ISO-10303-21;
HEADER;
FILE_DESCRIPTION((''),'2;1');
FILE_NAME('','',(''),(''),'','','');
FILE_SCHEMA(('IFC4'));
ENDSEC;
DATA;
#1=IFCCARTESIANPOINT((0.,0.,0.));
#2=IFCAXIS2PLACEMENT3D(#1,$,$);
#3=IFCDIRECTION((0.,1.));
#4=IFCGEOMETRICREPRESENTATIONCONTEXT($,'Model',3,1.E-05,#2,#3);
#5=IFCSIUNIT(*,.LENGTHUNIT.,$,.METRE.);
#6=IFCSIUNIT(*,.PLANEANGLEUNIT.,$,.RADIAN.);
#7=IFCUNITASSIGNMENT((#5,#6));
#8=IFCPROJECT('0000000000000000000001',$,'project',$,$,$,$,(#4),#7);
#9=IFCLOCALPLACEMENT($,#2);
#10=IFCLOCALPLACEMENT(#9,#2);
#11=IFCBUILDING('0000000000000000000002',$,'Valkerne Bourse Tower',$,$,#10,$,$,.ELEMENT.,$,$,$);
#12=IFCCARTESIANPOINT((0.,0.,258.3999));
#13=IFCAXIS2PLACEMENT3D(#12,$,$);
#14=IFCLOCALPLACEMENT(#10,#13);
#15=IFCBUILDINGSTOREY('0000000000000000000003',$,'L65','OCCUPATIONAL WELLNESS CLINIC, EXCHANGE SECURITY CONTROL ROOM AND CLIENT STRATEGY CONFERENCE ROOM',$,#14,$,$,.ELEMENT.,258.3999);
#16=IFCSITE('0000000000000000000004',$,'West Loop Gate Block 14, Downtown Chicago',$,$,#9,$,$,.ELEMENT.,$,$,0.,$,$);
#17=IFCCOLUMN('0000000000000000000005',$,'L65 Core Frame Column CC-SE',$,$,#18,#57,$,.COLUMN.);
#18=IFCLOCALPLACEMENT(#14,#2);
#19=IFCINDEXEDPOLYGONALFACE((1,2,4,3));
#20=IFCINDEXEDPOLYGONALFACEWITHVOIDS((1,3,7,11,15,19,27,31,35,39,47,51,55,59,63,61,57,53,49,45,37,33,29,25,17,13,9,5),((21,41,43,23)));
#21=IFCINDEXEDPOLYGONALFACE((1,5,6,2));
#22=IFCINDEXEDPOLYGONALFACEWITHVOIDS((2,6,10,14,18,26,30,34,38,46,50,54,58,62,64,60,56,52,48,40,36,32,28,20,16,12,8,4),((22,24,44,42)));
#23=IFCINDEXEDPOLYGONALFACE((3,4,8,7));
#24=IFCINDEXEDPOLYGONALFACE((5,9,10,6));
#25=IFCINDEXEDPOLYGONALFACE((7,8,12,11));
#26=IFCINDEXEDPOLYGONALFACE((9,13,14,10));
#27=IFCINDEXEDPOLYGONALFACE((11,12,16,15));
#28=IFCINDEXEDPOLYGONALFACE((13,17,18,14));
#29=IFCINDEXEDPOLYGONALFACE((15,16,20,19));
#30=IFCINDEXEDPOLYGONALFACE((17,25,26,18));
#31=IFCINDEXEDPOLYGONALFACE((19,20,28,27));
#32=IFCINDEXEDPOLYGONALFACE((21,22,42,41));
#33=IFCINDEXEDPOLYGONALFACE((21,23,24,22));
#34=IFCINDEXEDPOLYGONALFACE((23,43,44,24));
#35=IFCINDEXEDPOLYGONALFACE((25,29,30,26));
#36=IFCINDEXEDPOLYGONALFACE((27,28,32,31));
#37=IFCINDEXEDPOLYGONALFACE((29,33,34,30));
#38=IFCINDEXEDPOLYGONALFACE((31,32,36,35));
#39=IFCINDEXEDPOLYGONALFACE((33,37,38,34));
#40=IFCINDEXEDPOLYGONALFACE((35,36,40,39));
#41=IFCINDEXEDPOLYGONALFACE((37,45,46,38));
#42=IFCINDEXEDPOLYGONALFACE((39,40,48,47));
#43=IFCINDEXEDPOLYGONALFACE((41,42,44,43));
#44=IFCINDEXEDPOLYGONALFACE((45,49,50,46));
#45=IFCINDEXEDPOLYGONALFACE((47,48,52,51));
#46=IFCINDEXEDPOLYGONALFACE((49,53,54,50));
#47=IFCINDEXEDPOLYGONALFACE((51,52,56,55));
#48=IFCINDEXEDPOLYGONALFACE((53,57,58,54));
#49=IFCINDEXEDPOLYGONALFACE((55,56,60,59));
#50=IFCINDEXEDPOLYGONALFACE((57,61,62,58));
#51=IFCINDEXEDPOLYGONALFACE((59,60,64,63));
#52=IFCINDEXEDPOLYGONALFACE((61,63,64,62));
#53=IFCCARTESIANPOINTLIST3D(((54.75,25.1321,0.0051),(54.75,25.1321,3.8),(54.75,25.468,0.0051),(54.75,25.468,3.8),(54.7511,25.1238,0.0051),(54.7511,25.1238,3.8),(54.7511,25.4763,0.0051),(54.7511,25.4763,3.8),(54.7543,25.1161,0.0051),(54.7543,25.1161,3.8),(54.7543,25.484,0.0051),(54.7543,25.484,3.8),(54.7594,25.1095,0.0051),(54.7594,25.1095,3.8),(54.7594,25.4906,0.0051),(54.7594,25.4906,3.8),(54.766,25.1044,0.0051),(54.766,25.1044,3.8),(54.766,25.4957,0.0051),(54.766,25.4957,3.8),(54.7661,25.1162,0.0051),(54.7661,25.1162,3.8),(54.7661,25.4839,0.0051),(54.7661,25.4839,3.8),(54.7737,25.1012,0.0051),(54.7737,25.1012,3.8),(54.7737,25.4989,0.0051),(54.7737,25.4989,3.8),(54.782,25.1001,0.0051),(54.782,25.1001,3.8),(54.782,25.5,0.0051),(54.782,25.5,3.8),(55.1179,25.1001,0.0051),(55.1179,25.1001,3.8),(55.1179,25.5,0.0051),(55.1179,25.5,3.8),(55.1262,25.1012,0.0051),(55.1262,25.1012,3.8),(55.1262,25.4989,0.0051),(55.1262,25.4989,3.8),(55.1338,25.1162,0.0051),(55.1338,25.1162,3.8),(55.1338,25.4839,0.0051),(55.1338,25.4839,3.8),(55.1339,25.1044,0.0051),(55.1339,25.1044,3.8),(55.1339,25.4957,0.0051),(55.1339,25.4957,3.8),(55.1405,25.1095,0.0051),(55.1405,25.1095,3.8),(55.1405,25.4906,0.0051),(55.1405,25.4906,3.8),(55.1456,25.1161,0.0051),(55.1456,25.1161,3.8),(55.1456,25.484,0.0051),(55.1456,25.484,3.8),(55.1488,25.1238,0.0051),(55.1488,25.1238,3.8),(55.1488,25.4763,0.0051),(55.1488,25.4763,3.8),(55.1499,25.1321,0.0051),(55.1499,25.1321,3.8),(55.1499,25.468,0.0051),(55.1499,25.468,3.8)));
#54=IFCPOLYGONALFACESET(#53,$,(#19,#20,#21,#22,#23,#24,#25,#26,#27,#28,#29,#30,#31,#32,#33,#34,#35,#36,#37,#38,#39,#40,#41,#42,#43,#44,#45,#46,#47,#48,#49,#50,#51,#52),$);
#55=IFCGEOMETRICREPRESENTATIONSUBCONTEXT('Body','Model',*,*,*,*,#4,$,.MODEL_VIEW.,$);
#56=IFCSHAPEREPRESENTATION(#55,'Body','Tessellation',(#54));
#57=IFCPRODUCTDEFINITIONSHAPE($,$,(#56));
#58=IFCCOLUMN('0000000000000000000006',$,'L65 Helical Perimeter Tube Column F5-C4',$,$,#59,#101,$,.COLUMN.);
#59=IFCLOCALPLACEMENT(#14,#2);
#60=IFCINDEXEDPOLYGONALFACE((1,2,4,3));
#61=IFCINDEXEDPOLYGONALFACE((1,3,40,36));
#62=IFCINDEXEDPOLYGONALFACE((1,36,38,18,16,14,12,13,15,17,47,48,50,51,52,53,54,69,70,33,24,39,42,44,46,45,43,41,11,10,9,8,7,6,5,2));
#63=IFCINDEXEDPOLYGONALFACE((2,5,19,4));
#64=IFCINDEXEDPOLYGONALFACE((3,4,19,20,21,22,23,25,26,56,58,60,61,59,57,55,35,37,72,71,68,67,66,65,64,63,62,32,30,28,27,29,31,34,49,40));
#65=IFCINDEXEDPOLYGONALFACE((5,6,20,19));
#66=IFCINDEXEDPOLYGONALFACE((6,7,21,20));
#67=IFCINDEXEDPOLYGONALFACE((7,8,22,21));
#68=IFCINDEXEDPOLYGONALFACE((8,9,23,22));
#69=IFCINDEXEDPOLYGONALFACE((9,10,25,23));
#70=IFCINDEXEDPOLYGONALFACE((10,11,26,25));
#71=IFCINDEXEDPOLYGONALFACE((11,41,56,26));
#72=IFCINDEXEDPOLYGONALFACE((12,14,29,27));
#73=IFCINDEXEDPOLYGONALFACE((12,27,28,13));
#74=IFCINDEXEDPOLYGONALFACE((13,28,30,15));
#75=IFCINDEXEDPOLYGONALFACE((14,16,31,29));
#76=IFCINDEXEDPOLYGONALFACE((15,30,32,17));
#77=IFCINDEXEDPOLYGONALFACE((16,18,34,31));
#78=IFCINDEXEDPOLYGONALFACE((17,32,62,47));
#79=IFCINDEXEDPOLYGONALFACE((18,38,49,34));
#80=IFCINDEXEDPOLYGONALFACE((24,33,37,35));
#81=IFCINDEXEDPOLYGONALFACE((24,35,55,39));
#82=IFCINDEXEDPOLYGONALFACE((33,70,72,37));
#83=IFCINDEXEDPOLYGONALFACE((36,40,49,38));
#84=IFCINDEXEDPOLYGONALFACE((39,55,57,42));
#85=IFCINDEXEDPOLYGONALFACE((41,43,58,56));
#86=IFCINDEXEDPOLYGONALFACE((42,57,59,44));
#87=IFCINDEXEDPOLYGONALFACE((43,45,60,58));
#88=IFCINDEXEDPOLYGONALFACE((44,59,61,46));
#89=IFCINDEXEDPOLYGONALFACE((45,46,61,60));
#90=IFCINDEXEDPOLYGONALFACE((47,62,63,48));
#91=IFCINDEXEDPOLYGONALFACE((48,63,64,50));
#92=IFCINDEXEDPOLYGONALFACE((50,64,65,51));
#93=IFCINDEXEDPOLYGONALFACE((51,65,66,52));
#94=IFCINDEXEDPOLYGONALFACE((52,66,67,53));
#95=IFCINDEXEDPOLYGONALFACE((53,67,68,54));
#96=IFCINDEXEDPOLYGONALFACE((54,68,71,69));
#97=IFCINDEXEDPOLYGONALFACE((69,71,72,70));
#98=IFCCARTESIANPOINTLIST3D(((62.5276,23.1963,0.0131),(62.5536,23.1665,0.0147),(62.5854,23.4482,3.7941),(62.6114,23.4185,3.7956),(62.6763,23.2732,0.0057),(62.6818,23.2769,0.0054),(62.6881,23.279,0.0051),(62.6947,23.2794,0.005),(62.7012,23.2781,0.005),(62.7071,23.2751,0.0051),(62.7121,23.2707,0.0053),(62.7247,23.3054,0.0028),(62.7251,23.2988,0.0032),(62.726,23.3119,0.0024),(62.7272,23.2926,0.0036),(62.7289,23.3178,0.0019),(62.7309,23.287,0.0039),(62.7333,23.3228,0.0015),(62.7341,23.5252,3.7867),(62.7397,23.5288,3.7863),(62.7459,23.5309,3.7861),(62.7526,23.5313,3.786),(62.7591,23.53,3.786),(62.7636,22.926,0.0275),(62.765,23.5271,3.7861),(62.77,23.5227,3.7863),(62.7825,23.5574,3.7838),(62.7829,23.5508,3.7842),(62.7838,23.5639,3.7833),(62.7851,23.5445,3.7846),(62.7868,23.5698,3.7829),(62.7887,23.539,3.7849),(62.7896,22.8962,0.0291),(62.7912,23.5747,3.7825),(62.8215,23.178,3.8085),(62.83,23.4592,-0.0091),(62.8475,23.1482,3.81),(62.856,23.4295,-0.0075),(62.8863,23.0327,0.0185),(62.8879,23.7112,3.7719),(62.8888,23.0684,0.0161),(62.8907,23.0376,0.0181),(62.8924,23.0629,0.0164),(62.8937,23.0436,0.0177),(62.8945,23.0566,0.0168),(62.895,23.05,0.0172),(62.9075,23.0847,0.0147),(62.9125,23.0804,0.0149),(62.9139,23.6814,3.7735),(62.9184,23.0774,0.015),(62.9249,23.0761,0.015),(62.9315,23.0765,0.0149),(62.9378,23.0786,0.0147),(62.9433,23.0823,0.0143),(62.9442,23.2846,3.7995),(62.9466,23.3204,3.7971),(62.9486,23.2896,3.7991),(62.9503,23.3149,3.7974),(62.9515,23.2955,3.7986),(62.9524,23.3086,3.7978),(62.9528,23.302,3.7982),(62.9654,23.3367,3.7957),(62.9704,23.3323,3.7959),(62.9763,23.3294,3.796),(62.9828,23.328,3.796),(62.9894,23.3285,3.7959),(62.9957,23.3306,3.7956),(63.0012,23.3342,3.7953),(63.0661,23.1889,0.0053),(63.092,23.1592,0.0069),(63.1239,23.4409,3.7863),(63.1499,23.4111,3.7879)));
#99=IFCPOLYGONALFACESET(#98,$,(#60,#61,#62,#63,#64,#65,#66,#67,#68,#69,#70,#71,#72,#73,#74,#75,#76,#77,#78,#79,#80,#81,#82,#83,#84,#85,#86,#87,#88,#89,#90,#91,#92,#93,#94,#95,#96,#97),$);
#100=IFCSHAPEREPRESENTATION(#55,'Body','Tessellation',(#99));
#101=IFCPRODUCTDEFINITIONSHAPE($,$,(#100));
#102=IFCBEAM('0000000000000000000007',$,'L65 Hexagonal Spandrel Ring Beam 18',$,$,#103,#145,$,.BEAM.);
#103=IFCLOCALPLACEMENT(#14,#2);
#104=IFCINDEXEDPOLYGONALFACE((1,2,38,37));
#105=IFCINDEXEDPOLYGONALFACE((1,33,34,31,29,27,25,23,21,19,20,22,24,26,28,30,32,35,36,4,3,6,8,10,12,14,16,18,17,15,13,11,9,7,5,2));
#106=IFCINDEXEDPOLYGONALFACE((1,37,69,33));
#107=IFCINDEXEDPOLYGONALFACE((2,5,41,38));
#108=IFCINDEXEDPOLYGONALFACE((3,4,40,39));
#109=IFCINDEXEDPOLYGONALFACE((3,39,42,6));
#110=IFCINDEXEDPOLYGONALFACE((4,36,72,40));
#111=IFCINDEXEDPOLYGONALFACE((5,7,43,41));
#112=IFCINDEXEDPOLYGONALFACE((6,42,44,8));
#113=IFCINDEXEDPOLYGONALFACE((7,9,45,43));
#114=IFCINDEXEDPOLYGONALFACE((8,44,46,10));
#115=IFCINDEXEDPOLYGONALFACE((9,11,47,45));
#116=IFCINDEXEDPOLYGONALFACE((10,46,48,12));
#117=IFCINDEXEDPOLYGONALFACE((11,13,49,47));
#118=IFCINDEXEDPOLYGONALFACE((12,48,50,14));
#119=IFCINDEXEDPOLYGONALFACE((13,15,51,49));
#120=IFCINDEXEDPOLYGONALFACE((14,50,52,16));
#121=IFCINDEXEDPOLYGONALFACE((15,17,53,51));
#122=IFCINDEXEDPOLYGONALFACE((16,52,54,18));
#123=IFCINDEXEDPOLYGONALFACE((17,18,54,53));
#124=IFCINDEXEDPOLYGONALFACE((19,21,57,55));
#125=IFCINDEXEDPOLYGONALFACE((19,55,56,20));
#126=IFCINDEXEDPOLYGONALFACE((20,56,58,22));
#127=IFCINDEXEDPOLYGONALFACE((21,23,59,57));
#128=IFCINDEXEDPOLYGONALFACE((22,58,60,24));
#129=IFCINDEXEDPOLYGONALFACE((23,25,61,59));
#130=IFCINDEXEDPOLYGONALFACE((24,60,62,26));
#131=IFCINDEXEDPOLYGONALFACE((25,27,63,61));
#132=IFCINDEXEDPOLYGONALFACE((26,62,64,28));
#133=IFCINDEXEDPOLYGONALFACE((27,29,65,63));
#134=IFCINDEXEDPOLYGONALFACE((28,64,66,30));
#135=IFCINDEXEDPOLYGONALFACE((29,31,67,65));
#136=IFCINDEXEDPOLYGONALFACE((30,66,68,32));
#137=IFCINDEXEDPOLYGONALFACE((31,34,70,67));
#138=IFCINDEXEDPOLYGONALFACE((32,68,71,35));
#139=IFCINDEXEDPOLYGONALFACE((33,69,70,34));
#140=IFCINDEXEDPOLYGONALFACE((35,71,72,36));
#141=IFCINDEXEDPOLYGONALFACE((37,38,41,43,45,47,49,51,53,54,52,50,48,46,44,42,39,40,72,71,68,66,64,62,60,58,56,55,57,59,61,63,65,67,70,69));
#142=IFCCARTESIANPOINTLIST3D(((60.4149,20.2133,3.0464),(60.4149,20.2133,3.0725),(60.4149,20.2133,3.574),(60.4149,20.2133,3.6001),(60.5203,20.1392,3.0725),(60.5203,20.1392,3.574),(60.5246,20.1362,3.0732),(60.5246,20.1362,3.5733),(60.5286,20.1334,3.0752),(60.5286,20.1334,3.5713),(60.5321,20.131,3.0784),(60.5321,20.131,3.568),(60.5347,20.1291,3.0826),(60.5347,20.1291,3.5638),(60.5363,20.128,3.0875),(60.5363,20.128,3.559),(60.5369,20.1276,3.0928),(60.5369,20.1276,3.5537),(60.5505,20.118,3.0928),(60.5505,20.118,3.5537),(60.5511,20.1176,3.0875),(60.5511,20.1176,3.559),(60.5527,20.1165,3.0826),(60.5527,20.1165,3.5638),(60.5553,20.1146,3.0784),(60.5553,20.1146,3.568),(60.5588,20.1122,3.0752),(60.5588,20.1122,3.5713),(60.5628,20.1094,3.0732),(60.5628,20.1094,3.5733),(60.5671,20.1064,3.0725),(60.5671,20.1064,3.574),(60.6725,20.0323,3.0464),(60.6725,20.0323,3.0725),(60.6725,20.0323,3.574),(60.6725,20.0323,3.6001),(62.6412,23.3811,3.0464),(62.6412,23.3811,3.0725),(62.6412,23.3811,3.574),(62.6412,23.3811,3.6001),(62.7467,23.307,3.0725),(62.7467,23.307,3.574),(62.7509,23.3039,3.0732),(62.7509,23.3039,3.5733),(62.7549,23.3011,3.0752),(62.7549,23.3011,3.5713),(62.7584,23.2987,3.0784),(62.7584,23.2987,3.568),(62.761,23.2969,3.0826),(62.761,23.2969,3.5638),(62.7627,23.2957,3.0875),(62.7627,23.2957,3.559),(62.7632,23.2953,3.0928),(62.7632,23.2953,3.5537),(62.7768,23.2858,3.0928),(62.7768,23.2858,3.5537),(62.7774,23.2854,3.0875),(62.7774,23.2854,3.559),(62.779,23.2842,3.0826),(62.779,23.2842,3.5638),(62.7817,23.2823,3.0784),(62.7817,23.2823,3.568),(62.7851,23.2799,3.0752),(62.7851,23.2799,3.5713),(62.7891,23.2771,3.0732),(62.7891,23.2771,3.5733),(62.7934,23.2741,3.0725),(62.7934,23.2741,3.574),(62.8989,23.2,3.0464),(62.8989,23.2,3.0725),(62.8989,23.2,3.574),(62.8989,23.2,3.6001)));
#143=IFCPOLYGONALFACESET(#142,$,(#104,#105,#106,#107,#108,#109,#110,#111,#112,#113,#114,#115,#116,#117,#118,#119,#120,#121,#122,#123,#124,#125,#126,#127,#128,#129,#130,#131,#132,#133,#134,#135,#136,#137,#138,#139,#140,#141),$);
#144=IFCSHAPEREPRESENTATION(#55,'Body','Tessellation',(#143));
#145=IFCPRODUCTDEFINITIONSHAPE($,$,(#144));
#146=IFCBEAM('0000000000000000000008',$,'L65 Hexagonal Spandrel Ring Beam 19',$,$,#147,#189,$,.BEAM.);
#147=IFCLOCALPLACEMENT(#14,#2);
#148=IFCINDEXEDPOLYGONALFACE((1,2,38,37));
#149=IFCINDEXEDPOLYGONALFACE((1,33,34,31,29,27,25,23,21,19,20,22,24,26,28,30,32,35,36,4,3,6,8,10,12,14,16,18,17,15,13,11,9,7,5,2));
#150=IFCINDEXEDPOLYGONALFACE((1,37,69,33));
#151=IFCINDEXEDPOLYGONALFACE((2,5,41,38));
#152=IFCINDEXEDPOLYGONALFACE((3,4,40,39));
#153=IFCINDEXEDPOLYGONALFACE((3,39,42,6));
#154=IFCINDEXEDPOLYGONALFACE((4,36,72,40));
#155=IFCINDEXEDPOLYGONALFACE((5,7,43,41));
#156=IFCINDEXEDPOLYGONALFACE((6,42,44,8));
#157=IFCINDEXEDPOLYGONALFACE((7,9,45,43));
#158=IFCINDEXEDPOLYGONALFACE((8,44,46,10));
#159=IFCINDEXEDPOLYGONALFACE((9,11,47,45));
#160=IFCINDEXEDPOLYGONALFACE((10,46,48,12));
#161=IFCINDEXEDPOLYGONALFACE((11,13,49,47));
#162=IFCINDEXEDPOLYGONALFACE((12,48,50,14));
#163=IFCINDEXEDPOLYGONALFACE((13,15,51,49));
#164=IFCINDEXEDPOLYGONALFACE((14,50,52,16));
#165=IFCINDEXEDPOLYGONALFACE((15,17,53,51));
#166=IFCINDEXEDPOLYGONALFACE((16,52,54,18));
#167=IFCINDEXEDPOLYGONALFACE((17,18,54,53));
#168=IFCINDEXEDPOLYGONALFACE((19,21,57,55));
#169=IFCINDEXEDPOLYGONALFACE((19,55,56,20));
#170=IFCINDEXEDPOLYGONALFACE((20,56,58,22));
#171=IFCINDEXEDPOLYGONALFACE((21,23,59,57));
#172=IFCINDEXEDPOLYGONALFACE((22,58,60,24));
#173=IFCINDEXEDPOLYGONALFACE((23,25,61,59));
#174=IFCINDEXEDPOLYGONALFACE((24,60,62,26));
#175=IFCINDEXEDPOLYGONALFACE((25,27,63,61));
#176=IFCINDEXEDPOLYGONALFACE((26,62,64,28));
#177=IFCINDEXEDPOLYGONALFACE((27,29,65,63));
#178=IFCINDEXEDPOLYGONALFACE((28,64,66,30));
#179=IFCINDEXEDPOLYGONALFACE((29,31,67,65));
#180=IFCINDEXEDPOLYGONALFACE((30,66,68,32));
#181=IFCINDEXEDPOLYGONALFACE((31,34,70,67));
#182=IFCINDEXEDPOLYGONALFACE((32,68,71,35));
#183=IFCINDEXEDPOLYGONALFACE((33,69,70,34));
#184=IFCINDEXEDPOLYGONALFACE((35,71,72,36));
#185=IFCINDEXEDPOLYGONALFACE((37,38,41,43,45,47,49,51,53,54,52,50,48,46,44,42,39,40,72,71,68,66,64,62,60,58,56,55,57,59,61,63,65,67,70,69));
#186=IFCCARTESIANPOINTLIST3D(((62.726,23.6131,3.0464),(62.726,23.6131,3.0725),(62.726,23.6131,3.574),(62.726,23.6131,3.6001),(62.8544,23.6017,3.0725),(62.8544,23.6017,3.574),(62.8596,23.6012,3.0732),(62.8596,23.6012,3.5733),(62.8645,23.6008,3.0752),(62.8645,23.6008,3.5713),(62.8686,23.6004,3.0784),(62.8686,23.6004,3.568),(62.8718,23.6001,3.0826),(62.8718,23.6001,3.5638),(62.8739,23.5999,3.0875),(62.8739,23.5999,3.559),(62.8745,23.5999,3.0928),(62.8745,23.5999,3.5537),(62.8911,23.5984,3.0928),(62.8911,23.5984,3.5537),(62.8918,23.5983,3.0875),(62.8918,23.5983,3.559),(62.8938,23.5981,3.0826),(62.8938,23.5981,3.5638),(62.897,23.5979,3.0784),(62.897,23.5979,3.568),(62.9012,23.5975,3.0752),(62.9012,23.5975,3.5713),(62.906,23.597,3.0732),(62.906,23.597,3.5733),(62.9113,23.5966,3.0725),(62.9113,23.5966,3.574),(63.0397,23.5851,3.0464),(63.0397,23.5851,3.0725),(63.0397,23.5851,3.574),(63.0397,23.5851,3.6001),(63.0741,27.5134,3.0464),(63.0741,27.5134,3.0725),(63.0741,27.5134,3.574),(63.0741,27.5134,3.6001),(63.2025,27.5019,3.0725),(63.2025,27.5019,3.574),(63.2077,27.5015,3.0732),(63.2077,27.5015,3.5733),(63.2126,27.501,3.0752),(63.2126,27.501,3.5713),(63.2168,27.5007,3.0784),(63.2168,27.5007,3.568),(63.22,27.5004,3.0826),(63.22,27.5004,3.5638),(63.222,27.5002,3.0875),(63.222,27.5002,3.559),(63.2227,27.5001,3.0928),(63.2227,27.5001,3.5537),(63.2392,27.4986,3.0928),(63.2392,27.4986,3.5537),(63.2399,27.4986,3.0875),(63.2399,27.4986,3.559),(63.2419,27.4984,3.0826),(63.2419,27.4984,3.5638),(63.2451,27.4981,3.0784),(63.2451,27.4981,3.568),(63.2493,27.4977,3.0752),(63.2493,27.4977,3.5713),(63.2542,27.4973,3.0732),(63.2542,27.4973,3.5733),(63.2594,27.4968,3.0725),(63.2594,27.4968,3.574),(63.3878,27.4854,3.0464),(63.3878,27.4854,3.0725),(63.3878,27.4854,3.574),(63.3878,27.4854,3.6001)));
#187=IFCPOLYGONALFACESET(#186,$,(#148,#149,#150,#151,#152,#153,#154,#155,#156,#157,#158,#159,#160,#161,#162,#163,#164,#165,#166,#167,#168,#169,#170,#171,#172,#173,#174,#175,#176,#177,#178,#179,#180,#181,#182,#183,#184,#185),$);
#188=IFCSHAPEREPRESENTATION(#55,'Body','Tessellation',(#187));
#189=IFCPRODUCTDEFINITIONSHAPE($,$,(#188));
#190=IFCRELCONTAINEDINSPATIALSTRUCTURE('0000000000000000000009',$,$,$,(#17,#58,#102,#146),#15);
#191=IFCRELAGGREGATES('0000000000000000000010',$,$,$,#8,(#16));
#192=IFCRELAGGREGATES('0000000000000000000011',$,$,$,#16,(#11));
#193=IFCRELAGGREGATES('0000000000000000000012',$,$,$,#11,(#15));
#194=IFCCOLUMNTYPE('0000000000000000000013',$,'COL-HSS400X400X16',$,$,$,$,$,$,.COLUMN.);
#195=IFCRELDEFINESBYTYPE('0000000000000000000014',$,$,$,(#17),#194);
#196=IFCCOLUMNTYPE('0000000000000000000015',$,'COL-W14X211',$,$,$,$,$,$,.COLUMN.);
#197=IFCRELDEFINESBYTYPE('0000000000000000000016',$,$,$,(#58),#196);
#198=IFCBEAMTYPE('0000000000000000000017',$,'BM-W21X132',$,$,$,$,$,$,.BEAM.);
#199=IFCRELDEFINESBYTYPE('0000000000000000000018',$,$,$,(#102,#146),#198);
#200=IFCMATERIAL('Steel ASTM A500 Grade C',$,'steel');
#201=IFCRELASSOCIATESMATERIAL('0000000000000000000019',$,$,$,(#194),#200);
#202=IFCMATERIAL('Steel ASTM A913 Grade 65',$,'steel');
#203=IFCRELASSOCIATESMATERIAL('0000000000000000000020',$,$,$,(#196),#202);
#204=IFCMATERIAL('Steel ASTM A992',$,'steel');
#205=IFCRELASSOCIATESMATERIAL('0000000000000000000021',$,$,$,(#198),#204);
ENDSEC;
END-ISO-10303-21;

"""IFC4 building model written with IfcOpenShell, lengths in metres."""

from ifc_helpers import new_model, si_unit, direction, frame, origin, origin_2d, place, context, subcontext, project, spatial, hollow_rectangle, i_section, extrude, material, material_profile, profile_set, type_object, element, save


model = new_model("IFC4")

# Units and contexts
model_context = context("Model", 3, precision=1e-05, world=origin(), true_north=direction((0.0, 1.0)))
body_context = subcontext(model_context, "Body", "Model", "MODEL_VIEW")
ifc_project = project(units=[si_unit("LENGTHUNIT", "METRE"), si_unit("PLANEANGLEUNIT", "RADIAN")], contexts=[model_context])

# Site, building, storey
site_placement = place(None, origin())
site = spatial("IfcSite", under=ifc_project, at=site_placement, Name="West Loop Gate Block 14, Downtown Chicago", CompositionType="ELEMENT", RefElevation=0.0)
building_placement = place(site_placement, origin())
building = spatial("IfcBuilding", under=site, at=building_placement, Name="Valkerne Bourse Tower", CompositionType="ELEMENT")
storey_placement = place(building_placement, frame((0.0, 0.0, 258.3999)))
storey = spatial("IfcBuildingStorey", under=building, at=storey_placement, Name="L65", Description="OCCUPATIONAL WELLNESS CLINIC, EXCHANGE SECURITY CONTROL ROOM AND CLIENT STRATEGY CONFERENCE ROOM", CompositionType="ELEMENT", Elevation=258.3999)

# Columns
ifc_material_1 = material(Name="Steel ASTM A500 Grade C", Category="steel")
ifc_material_profile_1 = material_profile(ifc_material_1, hollow_rectangle(XDim=0.3999, YDim=0.3999, WallThickness=0.0161, OuterFilletRadius=0.032, at=origin_2d()), Name="HSS400X400X16")
ifc_profile_set_1 = profile_set([ifc_material_profile_1], Name="Steel ASTM A500 Grade C")
column_type_1 = type_object("IfcColumnType", Name="COL-HSS400X400X16", PredefinedType="COLUMN", material=ifc_profile_set_1)
column_1_placement = place(storey_placement, frame((54.95, 25.3, 0.0051), z_axis=(0.0, 0.0, 1.0), x_axis=(1.0, 0.0, 0.0)))
element("IfcColumn", 1, at=column_1_placement, inside=storey, type_object=column_type_1, Name="L65 Core Frame Column CC-SE", PredefinedType="COLUMN", context=body_context, shape_type="SweptSolid", body=[
    extrude(hollow_rectangle(XDim=0.3999, YDim=0.3999, WallThickness=0.0161, OuterFilletRadius=0.032, at=origin_2d()), origin(), (0.0, 0.0, 1.0), 3.7949),
])
ifc_material_2 = material(Name="Steel ASTM A913 Grade 65", Category="steel")
ifc_material_profile_2 = material_profile(ifc_material_2, i_section(OverallWidth=0.4014, OverallDepth=0.3987, WebThickness=0.0249, FlangeThickness=0.0396, FilletRadius=0.0254, at=origin_2d()), Name="W14X211")
ifc_profile_set_2 = profile_set([ifc_material_profile_2], Name="Steel ASTM A913 Grade 65")
column_type_2 = type_object("IfcColumnType", Name="COL-W14X211", PredefinedType="COLUMN", material=ifc_profile_set_2)
column_2_placement = place(storey_placement, frame((62.8098, 23.1777, 0.01), z_axis=(0.015268, 0.066481, 0.997671), x_axis=(-0.753529, -0.655094, 0.055185)))
element("IfcColumn", 2, at=column_2_placement, inside=storey, type_object=column_type_2, Name="L65 Helical Perimeter Tube Column F5-C4", PredefinedType="COLUMN", context=body_context, shape_type="SweptSolid", body=[
    extrude(i_section(OverallWidth=0.4014, OverallDepth=0.3987, WebThickness=0.0249, FlangeThickness=0.0396, FilletRadius=0.0254, at=origin_2d()), origin(), (0.0, 0.0, 1.0), 3.7898),
])

# Beams
ifc_material_3 = material(Name="Steel ASTM A992", Category="steel")
ifc_material_profile_3 = material_profile(ifc_material_3, i_section(OverallWidth=0.3149, OverallDepth=0.5537, WebThickness=0.0166, FlangeThickness=0.0261, FilletRadius=0.0203, at=origin_2d()), Name="W21X132")
ifc_profile_set_3 = profile_set([ifc_material_profile_3], Name="Steel ASTM A992")
beam_type_1 = type_object("IfcBeamType", Name="BM-W21X132", PredefinedType="BEAM", material=ifc_profile_set_3)
beam_1_placement = place(storey_placement, frame((60.5437, 20.1228, 3.3232), z_axis=(0.575006, 0.818149, 0.0), x_axis=(-0.818149, 0.575006, 0.0)))
element("IfcBeam", 3, at=beam_1_placement, inside=storey, type_object=beam_type_1, Name="L65 Hexagonal Spandrel Ring Beam 18", PredefinedType="BEAM", context=body_context, shape_type="SweptSolid", body=[
    extrude(i_section(OverallWidth=0.3149, OverallDepth=0.5537, WebThickness=0.0166, FlangeThickness=0.0261, FilletRadius=0.0203, at=origin_2d()), origin(), (0.0, 0.0, 1.0), 3.8718),
])
beam_2_placement = place(storey_placement, frame((62.8828, 23.5991, 3.3232), z_axis=(0.088911, 0.99604, 0.0), x_axis=(-0.99604, 0.088911, 0.0)))
element("IfcBeam", 4, at=beam_2_placement, inside=storey, type_object=beam_type_1, Name="L65 Hexagonal Spandrel Ring Beam 19", PredefinedType="BEAM", context=body_context, shape_type="SweptSolid", body=[
    extrude(i_section(OverallWidth=0.3149, OverallDepth=0.5537, WebThickness=0.0166, FlangeThickness=0.0261, FilletRadius=0.0203, at=origin_2d()), origin(), (0.0, 0.0, 1.0), 3.9158),
])

save(model, "model.ifc")
